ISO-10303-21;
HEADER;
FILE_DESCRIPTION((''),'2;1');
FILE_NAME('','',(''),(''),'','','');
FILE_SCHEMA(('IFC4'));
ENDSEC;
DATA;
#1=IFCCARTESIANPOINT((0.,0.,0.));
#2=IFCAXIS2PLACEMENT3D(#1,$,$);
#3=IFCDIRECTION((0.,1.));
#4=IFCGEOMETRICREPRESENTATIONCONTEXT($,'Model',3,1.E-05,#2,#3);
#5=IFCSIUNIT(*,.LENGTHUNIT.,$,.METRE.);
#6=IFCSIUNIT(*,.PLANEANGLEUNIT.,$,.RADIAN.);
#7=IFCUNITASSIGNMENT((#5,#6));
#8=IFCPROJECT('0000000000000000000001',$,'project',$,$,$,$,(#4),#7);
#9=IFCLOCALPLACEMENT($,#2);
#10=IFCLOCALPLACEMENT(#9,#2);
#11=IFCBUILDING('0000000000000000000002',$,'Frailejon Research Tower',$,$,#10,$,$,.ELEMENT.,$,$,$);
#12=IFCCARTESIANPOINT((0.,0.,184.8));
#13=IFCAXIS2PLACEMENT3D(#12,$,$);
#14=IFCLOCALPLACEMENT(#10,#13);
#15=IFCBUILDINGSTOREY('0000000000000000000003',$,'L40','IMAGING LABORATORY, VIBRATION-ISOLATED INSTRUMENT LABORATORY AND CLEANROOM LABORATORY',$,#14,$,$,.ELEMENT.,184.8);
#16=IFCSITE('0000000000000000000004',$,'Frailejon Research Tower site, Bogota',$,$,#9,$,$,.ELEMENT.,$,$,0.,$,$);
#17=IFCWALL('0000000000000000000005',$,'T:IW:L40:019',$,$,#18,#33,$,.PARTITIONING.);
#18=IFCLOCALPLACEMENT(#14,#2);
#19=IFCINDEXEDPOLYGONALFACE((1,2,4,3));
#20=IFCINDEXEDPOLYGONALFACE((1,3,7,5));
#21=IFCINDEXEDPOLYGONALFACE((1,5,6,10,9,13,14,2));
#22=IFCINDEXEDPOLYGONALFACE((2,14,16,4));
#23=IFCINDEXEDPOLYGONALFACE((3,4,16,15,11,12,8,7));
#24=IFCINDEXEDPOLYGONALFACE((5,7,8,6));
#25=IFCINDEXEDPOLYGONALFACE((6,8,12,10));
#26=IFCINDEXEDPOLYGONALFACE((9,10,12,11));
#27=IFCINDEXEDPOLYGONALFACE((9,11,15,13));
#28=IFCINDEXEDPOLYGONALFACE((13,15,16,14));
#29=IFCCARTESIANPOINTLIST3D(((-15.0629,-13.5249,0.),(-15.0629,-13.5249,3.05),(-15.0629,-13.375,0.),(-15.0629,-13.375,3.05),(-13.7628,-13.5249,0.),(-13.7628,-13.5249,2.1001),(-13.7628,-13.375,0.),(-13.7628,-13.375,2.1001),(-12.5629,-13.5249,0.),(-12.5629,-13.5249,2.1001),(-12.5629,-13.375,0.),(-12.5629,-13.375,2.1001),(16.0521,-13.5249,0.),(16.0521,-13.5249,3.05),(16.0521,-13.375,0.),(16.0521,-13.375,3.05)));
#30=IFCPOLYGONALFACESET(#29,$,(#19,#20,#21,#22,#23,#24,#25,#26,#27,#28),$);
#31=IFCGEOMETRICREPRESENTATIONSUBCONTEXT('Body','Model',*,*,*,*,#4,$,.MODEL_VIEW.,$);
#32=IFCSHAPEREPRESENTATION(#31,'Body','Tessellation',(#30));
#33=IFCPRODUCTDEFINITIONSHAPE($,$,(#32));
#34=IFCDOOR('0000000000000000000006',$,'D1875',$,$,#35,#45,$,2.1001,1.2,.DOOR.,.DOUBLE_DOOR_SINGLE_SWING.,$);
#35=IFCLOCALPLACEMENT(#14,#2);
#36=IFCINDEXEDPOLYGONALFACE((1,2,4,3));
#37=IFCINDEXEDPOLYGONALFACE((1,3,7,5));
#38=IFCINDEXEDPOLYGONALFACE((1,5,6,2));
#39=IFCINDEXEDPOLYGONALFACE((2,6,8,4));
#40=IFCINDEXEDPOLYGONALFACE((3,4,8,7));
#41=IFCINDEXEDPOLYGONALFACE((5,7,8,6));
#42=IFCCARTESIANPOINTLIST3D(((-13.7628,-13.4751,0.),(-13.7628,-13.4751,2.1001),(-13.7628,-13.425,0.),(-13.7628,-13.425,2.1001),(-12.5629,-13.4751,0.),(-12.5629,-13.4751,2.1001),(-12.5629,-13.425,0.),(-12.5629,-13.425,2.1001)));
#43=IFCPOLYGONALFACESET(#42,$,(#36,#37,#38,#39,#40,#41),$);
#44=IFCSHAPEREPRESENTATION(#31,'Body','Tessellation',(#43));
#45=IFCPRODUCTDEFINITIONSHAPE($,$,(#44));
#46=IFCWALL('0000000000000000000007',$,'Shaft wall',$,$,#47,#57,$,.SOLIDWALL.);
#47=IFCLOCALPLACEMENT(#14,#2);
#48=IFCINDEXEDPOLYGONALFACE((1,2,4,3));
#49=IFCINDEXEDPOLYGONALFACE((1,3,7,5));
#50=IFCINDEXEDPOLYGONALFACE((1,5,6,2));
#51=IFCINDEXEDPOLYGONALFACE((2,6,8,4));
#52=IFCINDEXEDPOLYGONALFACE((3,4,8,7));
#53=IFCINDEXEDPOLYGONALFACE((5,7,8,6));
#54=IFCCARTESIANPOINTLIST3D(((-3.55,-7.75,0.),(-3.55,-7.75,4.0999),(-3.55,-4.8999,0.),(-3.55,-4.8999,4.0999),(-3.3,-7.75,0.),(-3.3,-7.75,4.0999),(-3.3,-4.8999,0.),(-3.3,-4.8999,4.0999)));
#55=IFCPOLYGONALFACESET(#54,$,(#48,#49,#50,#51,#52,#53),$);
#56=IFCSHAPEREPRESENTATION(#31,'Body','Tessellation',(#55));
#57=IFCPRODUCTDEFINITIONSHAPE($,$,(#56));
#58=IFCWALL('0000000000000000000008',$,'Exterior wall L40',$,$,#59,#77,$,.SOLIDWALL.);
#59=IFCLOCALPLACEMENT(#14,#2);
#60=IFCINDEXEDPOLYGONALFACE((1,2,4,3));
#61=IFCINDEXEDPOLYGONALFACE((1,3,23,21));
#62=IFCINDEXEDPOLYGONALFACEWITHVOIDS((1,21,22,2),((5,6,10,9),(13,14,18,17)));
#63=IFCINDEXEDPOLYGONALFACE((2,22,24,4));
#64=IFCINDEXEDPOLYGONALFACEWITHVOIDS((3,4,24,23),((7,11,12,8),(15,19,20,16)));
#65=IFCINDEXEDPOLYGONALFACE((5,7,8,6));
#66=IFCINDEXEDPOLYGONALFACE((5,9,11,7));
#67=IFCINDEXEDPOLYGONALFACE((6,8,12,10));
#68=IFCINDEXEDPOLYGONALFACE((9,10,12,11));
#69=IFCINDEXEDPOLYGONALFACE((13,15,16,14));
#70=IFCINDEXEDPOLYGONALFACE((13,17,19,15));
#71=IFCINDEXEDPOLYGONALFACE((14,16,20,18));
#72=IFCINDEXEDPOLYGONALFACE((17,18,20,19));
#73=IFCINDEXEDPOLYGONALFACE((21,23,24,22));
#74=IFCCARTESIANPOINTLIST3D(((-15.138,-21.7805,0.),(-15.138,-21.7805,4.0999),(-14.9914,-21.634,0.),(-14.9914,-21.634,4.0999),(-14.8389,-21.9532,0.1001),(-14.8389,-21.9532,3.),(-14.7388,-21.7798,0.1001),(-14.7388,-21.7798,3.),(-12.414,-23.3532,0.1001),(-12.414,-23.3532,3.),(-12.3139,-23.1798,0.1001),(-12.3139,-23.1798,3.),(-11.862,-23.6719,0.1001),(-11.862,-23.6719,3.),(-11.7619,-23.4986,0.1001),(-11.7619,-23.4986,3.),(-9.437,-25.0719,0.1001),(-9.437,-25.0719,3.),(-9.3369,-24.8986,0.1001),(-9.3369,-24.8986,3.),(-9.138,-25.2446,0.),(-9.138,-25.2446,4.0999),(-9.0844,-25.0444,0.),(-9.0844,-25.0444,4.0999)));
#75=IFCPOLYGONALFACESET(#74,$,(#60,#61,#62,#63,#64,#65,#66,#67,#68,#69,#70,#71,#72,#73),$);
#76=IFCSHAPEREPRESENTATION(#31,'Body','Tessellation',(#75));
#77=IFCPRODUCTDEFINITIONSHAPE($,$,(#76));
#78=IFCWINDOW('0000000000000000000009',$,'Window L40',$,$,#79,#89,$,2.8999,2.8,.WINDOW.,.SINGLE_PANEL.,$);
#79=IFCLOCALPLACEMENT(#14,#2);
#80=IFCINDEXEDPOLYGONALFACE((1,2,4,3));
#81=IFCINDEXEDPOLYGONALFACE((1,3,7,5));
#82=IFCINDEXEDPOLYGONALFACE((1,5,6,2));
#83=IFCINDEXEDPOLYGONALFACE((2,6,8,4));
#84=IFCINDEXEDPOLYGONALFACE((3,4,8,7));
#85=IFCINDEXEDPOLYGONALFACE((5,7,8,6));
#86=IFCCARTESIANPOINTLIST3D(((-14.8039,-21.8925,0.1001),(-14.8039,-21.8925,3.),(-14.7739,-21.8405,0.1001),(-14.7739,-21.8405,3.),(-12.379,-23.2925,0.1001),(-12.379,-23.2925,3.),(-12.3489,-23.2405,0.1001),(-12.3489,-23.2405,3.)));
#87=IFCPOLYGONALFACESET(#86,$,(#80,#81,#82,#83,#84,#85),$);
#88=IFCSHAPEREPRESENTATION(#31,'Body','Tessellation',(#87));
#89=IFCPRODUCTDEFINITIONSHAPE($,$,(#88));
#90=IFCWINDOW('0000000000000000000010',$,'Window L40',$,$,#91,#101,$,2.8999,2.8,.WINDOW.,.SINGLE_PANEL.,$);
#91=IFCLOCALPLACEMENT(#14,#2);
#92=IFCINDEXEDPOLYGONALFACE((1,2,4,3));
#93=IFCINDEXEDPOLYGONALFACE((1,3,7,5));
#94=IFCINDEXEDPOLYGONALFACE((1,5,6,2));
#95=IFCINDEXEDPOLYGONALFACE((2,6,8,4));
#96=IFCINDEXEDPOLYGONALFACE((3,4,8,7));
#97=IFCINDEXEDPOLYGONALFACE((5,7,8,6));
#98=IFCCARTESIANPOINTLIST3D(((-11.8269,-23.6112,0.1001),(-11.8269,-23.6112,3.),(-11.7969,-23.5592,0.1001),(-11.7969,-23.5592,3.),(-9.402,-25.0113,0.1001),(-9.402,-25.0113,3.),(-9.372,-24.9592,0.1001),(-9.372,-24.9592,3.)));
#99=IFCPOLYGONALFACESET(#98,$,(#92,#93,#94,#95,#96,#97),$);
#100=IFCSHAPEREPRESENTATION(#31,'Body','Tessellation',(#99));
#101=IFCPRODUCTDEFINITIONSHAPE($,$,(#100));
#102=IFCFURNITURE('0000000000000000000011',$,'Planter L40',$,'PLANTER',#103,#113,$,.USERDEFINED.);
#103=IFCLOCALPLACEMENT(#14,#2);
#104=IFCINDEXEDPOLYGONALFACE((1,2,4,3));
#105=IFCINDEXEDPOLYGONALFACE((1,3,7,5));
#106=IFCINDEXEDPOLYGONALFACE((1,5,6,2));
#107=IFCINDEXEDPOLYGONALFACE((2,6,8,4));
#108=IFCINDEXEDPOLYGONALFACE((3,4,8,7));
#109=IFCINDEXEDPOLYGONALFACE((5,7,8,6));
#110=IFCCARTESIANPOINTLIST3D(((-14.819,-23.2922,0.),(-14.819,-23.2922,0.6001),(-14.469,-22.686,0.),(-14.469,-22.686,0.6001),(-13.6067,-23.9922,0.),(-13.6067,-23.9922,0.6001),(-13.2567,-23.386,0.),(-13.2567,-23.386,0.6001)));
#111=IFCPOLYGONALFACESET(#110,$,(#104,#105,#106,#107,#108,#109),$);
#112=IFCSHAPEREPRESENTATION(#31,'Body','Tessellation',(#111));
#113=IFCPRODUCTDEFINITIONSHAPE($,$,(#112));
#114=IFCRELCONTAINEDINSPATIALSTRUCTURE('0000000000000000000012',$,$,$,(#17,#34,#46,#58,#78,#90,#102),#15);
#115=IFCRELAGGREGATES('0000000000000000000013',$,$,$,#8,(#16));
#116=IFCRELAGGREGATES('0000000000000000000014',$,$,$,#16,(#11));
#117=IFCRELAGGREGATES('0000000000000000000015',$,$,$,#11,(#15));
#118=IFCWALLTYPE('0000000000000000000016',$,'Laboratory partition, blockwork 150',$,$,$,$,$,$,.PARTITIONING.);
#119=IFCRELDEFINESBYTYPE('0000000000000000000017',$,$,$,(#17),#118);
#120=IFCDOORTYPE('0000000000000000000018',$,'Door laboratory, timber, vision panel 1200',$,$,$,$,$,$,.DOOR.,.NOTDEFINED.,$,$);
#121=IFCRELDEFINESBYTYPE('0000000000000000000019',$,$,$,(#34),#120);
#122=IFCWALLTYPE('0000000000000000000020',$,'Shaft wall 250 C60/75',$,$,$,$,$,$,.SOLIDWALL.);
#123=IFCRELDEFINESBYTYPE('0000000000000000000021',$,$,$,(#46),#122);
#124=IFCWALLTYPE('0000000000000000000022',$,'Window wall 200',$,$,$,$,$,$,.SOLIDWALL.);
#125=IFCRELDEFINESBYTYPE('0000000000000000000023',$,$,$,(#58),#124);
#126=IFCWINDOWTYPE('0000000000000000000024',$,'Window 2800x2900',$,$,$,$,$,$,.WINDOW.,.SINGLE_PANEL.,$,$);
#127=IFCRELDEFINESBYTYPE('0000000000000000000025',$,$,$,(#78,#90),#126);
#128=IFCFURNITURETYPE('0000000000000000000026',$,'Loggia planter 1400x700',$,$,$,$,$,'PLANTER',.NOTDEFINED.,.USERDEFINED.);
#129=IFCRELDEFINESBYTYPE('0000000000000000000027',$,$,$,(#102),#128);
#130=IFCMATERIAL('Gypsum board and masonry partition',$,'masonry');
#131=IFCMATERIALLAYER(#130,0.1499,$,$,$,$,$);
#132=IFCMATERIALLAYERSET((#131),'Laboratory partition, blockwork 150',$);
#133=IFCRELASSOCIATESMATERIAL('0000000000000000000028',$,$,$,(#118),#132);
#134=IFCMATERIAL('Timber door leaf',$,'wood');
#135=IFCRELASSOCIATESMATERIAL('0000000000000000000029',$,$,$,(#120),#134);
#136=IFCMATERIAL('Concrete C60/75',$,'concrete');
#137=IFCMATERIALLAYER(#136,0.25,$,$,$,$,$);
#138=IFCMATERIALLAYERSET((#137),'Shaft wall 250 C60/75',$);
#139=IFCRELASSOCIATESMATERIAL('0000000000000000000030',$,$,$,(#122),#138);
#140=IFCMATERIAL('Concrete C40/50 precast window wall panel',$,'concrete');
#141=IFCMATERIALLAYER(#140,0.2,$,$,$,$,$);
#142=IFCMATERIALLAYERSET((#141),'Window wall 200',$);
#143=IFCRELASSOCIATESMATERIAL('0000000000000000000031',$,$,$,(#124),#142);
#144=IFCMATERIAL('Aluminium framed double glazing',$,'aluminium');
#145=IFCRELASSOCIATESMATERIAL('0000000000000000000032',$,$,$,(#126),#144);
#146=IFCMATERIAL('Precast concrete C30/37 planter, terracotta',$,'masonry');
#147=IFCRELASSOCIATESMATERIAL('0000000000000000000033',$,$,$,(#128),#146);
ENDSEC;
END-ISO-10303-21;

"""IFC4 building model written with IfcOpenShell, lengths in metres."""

from ifc_helpers import new_model, si_unit, direction, frame, frame_2d, origin, origin_2d, place, context, subcontext, project, spatial, polyline, rectangle, outline, extrude, material, layer, layer_set, type_object, element, fill, save


model = new_model("IFC4")

# Units and contexts
model_context = context("Model", 3, precision=1e-05, world=origin(), true_north=direction((0.0, 1.0)))
body_context = subcontext(model_context, "Body", "Model", "MODEL_VIEW")
ifc_project = project(units=[si_unit("LENGTHUNIT", "METRE"), si_unit("PLANEANGLEUNIT", "RADIAN")], contexts=[model_context])

# Site, building, storey
site_placement = place(None, origin())
site = spatial("IfcSite", under=ifc_project, at=site_placement, Name="Frailejon Research Tower site, Bogota", CompositionType="ELEMENT", RefElevation=0.0)
building_placement = place(site_placement, origin())
building = spatial("IfcBuilding", under=site, at=building_placement, Name="Frailejon Research Tower", CompositionType="ELEMENT")
storey_placement = place(building_placement, frame((0.0, 0.0, 184.8)))
storey = spatial("IfcBuildingStorey", under=building, at=storey_placement, Name="L40", Description="IMAGING LABORATORY, VIBRATION-ISOLATED INSTRUMENT LABORATORY AND CLEANROOM LABORATORY", CompositionType="ELEMENT", Elevation=184.8)

# Wall, opening, door
ifc_material_1 = material(Name="Gypsum board and masonry partition", Category="masonry")
ifc_layer_1 = layer(ifc_material_1, 0.1499)
ifc_layer_set_1 = layer_set([ifc_layer_1], Name="Laboratory partition, blockwork 150")
wall_type_1 = type_object("IfcWallType", Name="Laboratory partition, blockwork 150", PredefinedType="PARTITIONING", material=ifc_layer_set_1)
wall_1_placement = place(storey_placement, frame((-15.063, -13.45, 0.0), z_axis=(0.0, 0.0, 1.0), x_axis=(1.0, 0.0, 0.0)))
wall_1 = element("IfcWall", 1, at=wall_1_placement, inside=storey, type_object=wall_type_1, Name="T:IW:L40:019", PredefinedType="PARTITIONING", context=body_context, shape_type="SweptSolid", body=[
    extrude(rectangle(XDim=31.115, YDim=0.1499, at=frame_2d((15.5576, 0.0))), origin(), (0.0, 0.0, 1.0), 3.05),
])
opening_1_placement = place(wall_1_placement, frame((1.3, 0.0, 0.0)))
opening_1 = element("IfcOpeningElement", 2, at=opening_1_placement, cuts=wall_1, PredefinedType="OPENING", context=body_context, shape_type="SweptSolid", body=[
    extrude(rectangle(XDim=1.2, YDim=2.1001, at=frame_2d((0.6001, 1.05))), frame((0.0, 0.085, 0.0), z_axis=(0.0, -1.0, 0.0), x_axis=(1.0, 0.0, 0.0)), (0.0, 0.0, 1.0), 0.1699),
])
ifc_material_2 = material(Name="Timber door leaf", Category="wood")
door_type_1 = type_object("IfcDoorType", Name="Door laboratory, timber, vision panel 1200", OperationType="NOTDEFINED", PredefinedType="DOOR", material=ifc_material_2)
door_1_placement = place(opening_1_placement, origin())
door_1 = element("IfcDoor", 3, at=door_1_placement, inside=storey, type_object=door_type_1, Name="D1875", OperationType="DOUBLE_DOOR_SINGLE_SWING", OverallHeight=2.1001, OverallWidth=1.2, PredefinedType="DOOR", context=body_context, shape_type="SweptSolid", body=[
    extrude(rectangle(XDim=1.2, YDim=2.1001, at=frame_2d((0.6001, 1.05))), frame((0.0, 0.0249, 0.0), z_axis=(0.0, -1.0, 0.0), x_axis=(1.0, 0.0, 0.0)), (0.0, 0.0, 1.0), 0.05),
])
fill(opening_1, door_1)

# Wall
ifc_material_3 = material(Name="Concrete C60/75", Category="concrete")
ifc_layer_2 = layer(ifc_material_3, 0.25)
ifc_layer_set_2 = layer_set([ifc_layer_2], Name="Shaft wall 250 C60/75")
wall_type_2 = type_object("IfcWallType", Name="Shaft wall 250 C60/75", PredefinedType="SOLIDWALL", material=ifc_layer_set_2)
wall_2_placement = place(storey_placement, frame((-3.425, -7.75, 0.0), z_axis=(0.0, 0.0, 1.0), x_axis=(0.0, 1.0, 0.0)))
element("IfcWall", 4, at=wall_2_placement, inside=storey, type_object=wall_type_2, Name="Shaft wall", PredefinedType="SOLIDWALL", context=body_context, shape_type="SweptSolid", body=[
    extrude(rectangle(XDim=2.8501, YDim=0.25, at=frame_2d((1.425, 0.0))), origin(), (0.0, 0.0, 1.0), 4.0999),
])

# Wall, openings, windows
ifc_material_4 = material(Name="Concrete C40/50 precast window wall panel", Category="concrete")
ifc_layer_3 = layer(ifc_material_4, 0.2)
ifc_layer_set_3 = layer_set([ifc_layer_3], Name="Window wall 200")
wall_type_3 = type_object("IfcWallType", Name="Window wall 200", PredefinedType="SOLIDWALL", material=ifc_layer_set_3)
wall_3_placement = place(storey_placement, frame((-15.0647, -21.7073, 0.0), z_axis=(0.0, 0.0, 1.0), x_axis=(0.866029, -0.499993, 0.0)))
wall_3 = element("IfcWall", 5, at=wall_3_placement, inside=storey, type_object=wall_type_3, Name="Exterior wall L40", PredefinedType="SOLIDWALL", context=body_context, shape_type="SweptSolid", body=[
    extrude(outline(polyline([(-0.0269, -0.1001), (1.1279, -0.1001), (2.2825, -0.1001), (3.4373, -0.1001), (4.592, -0.1001), (5.7466, -0.1001), (6.9014, -0.1001), (6.8477, 0.1001), (5.7109, 0.1001), (4.574, 0.1001), (3.4373, 0.1001), (2.3005, 0.1001), (1.1636, 0.1001), (0.0269, 0.1001), (-0.0269, -0.1001)])), origin(), (0.0, 0.0, 1.0), 4.0999),
])
opening_2_placement = place(wall_3_placement, frame((0.3186, 0.0, 0.1001)))
opening_2 = element("IfcOpeningElement", 6, at=opening_2_placement, cuts=wall_3, PredefinedType="OPENING", context=body_context, shape_type="SweptSolid", body=[
    extrude(rectangle(XDim=2.8, YDim=2.8999, at=frame_2d((1.3999, 1.45))), frame((0.0, 0.1099, 0.0), z_axis=(0.0, -1.0, 0.0), x_axis=(1.0, 0.0, 0.0)), (0.0, 0.0, 1.0), 0.22),
])
opening_3_placement = place(wall_3_placement, frame((3.7561, 0.0, 0.1001)))
opening_3 = element("IfcOpeningElement", 7, at=opening_3_placement, cuts=wall_3, PredefinedType="OPENING", context=body_context, shape_type="SweptSolid", body=[
    extrude(rectangle(XDim=2.8, YDim=2.8999, at=frame_2d((1.3999, 1.45))), frame((0.0, 0.1099, 0.0), z_axis=(0.0, -1.0, 0.0), x_axis=(1.0, 0.0, 0.0)), (0.0, 0.0, 1.0), 0.22),
])
ifc_material_5 = material(Name="Aluminium framed double glazing", Category="aluminium")
window_type = type_object("IfcWindowType", Name="Window 2800x2900", PartitioningType="SINGLE_PANEL", PredefinedType="WINDOW", material=ifc_material_5)
window_1_placement = place(opening_2_placement, origin())
window_1 = element("IfcWindow", 8, at=window_1_placement, inside=storey, type_object=window_type, Name="Window L40", OverallHeight=2.8999, OverallWidth=2.8, PartitioningType="SINGLE_PANEL", PredefinedType="WINDOW", context=body_context, shape_type="SweptSolid", body=[
    extrude(rectangle(XDim=2.8, YDim=2.8999, at=frame_2d((1.3999, 1.45))), frame((0.0, 0.03, 0.0), z_axis=(0.0, -1.0, 0.0), x_axis=(1.0, 0.0, 0.0)), (0.0, 0.0, 1.0), 0.0601),
])
fill(opening_2, window_1)
window_2_placement = place(opening_3_placement, origin())
window_2 = element("IfcWindow", 9, at=window_2_placement, inside=storey, type_object=window_type, Name="Window L40", OverallHeight=2.8999, OverallWidth=2.8, PartitioningType="SINGLE_PANEL", PredefinedType="WINDOW", context=body_context, shape_type="SweptSolid", body=[
    extrude(rectangle(XDim=2.8, YDim=2.8999, at=frame_2d((1.3999, 1.45))), frame((0.0, 0.03, 0.0), z_axis=(0.0, -1.0, 0.0), x_axis=(1.0, 0.0, 0.0)), (0.0, 0.0, 1.0), 0.0601),
])
fill(opening_3, window_2)

# Furniture
ifc_material_6 = material(Name="Precast concrete C30/37 planter, terracotta", Category="masonry")
furniture_type = type_object("IfcFurnitureType", Name="Loggia planter 1400x700", ElementType="PLANTER", AssemblyPlace="NOTDEFINED", PredefinedType="USERDEFINED", material=ifc_material_6)
furniture_placement = place(storey_placement, frame((-14.0378, -23.3391, 0.0), z_axis=(0.0, 0.0, 1.0), x_axis=(0.866025, -0.5, 0.0)))
element("IfcFurniture", 10, at=furniture_placement, inside=storey, type_object=furniture_type, Name="Planter L40", ObjectType="PLANTER", PredefinedType="USERDEFINED", context=body_context, shape_type="SweptSolid", body=[
    extrude(rectangle(XDim=1.3999, YDim=0.7, at=origin_2d()), origin(), (0.0, 0.0, 1.0), 0.6001),
])

save(model, "model.ifc")
